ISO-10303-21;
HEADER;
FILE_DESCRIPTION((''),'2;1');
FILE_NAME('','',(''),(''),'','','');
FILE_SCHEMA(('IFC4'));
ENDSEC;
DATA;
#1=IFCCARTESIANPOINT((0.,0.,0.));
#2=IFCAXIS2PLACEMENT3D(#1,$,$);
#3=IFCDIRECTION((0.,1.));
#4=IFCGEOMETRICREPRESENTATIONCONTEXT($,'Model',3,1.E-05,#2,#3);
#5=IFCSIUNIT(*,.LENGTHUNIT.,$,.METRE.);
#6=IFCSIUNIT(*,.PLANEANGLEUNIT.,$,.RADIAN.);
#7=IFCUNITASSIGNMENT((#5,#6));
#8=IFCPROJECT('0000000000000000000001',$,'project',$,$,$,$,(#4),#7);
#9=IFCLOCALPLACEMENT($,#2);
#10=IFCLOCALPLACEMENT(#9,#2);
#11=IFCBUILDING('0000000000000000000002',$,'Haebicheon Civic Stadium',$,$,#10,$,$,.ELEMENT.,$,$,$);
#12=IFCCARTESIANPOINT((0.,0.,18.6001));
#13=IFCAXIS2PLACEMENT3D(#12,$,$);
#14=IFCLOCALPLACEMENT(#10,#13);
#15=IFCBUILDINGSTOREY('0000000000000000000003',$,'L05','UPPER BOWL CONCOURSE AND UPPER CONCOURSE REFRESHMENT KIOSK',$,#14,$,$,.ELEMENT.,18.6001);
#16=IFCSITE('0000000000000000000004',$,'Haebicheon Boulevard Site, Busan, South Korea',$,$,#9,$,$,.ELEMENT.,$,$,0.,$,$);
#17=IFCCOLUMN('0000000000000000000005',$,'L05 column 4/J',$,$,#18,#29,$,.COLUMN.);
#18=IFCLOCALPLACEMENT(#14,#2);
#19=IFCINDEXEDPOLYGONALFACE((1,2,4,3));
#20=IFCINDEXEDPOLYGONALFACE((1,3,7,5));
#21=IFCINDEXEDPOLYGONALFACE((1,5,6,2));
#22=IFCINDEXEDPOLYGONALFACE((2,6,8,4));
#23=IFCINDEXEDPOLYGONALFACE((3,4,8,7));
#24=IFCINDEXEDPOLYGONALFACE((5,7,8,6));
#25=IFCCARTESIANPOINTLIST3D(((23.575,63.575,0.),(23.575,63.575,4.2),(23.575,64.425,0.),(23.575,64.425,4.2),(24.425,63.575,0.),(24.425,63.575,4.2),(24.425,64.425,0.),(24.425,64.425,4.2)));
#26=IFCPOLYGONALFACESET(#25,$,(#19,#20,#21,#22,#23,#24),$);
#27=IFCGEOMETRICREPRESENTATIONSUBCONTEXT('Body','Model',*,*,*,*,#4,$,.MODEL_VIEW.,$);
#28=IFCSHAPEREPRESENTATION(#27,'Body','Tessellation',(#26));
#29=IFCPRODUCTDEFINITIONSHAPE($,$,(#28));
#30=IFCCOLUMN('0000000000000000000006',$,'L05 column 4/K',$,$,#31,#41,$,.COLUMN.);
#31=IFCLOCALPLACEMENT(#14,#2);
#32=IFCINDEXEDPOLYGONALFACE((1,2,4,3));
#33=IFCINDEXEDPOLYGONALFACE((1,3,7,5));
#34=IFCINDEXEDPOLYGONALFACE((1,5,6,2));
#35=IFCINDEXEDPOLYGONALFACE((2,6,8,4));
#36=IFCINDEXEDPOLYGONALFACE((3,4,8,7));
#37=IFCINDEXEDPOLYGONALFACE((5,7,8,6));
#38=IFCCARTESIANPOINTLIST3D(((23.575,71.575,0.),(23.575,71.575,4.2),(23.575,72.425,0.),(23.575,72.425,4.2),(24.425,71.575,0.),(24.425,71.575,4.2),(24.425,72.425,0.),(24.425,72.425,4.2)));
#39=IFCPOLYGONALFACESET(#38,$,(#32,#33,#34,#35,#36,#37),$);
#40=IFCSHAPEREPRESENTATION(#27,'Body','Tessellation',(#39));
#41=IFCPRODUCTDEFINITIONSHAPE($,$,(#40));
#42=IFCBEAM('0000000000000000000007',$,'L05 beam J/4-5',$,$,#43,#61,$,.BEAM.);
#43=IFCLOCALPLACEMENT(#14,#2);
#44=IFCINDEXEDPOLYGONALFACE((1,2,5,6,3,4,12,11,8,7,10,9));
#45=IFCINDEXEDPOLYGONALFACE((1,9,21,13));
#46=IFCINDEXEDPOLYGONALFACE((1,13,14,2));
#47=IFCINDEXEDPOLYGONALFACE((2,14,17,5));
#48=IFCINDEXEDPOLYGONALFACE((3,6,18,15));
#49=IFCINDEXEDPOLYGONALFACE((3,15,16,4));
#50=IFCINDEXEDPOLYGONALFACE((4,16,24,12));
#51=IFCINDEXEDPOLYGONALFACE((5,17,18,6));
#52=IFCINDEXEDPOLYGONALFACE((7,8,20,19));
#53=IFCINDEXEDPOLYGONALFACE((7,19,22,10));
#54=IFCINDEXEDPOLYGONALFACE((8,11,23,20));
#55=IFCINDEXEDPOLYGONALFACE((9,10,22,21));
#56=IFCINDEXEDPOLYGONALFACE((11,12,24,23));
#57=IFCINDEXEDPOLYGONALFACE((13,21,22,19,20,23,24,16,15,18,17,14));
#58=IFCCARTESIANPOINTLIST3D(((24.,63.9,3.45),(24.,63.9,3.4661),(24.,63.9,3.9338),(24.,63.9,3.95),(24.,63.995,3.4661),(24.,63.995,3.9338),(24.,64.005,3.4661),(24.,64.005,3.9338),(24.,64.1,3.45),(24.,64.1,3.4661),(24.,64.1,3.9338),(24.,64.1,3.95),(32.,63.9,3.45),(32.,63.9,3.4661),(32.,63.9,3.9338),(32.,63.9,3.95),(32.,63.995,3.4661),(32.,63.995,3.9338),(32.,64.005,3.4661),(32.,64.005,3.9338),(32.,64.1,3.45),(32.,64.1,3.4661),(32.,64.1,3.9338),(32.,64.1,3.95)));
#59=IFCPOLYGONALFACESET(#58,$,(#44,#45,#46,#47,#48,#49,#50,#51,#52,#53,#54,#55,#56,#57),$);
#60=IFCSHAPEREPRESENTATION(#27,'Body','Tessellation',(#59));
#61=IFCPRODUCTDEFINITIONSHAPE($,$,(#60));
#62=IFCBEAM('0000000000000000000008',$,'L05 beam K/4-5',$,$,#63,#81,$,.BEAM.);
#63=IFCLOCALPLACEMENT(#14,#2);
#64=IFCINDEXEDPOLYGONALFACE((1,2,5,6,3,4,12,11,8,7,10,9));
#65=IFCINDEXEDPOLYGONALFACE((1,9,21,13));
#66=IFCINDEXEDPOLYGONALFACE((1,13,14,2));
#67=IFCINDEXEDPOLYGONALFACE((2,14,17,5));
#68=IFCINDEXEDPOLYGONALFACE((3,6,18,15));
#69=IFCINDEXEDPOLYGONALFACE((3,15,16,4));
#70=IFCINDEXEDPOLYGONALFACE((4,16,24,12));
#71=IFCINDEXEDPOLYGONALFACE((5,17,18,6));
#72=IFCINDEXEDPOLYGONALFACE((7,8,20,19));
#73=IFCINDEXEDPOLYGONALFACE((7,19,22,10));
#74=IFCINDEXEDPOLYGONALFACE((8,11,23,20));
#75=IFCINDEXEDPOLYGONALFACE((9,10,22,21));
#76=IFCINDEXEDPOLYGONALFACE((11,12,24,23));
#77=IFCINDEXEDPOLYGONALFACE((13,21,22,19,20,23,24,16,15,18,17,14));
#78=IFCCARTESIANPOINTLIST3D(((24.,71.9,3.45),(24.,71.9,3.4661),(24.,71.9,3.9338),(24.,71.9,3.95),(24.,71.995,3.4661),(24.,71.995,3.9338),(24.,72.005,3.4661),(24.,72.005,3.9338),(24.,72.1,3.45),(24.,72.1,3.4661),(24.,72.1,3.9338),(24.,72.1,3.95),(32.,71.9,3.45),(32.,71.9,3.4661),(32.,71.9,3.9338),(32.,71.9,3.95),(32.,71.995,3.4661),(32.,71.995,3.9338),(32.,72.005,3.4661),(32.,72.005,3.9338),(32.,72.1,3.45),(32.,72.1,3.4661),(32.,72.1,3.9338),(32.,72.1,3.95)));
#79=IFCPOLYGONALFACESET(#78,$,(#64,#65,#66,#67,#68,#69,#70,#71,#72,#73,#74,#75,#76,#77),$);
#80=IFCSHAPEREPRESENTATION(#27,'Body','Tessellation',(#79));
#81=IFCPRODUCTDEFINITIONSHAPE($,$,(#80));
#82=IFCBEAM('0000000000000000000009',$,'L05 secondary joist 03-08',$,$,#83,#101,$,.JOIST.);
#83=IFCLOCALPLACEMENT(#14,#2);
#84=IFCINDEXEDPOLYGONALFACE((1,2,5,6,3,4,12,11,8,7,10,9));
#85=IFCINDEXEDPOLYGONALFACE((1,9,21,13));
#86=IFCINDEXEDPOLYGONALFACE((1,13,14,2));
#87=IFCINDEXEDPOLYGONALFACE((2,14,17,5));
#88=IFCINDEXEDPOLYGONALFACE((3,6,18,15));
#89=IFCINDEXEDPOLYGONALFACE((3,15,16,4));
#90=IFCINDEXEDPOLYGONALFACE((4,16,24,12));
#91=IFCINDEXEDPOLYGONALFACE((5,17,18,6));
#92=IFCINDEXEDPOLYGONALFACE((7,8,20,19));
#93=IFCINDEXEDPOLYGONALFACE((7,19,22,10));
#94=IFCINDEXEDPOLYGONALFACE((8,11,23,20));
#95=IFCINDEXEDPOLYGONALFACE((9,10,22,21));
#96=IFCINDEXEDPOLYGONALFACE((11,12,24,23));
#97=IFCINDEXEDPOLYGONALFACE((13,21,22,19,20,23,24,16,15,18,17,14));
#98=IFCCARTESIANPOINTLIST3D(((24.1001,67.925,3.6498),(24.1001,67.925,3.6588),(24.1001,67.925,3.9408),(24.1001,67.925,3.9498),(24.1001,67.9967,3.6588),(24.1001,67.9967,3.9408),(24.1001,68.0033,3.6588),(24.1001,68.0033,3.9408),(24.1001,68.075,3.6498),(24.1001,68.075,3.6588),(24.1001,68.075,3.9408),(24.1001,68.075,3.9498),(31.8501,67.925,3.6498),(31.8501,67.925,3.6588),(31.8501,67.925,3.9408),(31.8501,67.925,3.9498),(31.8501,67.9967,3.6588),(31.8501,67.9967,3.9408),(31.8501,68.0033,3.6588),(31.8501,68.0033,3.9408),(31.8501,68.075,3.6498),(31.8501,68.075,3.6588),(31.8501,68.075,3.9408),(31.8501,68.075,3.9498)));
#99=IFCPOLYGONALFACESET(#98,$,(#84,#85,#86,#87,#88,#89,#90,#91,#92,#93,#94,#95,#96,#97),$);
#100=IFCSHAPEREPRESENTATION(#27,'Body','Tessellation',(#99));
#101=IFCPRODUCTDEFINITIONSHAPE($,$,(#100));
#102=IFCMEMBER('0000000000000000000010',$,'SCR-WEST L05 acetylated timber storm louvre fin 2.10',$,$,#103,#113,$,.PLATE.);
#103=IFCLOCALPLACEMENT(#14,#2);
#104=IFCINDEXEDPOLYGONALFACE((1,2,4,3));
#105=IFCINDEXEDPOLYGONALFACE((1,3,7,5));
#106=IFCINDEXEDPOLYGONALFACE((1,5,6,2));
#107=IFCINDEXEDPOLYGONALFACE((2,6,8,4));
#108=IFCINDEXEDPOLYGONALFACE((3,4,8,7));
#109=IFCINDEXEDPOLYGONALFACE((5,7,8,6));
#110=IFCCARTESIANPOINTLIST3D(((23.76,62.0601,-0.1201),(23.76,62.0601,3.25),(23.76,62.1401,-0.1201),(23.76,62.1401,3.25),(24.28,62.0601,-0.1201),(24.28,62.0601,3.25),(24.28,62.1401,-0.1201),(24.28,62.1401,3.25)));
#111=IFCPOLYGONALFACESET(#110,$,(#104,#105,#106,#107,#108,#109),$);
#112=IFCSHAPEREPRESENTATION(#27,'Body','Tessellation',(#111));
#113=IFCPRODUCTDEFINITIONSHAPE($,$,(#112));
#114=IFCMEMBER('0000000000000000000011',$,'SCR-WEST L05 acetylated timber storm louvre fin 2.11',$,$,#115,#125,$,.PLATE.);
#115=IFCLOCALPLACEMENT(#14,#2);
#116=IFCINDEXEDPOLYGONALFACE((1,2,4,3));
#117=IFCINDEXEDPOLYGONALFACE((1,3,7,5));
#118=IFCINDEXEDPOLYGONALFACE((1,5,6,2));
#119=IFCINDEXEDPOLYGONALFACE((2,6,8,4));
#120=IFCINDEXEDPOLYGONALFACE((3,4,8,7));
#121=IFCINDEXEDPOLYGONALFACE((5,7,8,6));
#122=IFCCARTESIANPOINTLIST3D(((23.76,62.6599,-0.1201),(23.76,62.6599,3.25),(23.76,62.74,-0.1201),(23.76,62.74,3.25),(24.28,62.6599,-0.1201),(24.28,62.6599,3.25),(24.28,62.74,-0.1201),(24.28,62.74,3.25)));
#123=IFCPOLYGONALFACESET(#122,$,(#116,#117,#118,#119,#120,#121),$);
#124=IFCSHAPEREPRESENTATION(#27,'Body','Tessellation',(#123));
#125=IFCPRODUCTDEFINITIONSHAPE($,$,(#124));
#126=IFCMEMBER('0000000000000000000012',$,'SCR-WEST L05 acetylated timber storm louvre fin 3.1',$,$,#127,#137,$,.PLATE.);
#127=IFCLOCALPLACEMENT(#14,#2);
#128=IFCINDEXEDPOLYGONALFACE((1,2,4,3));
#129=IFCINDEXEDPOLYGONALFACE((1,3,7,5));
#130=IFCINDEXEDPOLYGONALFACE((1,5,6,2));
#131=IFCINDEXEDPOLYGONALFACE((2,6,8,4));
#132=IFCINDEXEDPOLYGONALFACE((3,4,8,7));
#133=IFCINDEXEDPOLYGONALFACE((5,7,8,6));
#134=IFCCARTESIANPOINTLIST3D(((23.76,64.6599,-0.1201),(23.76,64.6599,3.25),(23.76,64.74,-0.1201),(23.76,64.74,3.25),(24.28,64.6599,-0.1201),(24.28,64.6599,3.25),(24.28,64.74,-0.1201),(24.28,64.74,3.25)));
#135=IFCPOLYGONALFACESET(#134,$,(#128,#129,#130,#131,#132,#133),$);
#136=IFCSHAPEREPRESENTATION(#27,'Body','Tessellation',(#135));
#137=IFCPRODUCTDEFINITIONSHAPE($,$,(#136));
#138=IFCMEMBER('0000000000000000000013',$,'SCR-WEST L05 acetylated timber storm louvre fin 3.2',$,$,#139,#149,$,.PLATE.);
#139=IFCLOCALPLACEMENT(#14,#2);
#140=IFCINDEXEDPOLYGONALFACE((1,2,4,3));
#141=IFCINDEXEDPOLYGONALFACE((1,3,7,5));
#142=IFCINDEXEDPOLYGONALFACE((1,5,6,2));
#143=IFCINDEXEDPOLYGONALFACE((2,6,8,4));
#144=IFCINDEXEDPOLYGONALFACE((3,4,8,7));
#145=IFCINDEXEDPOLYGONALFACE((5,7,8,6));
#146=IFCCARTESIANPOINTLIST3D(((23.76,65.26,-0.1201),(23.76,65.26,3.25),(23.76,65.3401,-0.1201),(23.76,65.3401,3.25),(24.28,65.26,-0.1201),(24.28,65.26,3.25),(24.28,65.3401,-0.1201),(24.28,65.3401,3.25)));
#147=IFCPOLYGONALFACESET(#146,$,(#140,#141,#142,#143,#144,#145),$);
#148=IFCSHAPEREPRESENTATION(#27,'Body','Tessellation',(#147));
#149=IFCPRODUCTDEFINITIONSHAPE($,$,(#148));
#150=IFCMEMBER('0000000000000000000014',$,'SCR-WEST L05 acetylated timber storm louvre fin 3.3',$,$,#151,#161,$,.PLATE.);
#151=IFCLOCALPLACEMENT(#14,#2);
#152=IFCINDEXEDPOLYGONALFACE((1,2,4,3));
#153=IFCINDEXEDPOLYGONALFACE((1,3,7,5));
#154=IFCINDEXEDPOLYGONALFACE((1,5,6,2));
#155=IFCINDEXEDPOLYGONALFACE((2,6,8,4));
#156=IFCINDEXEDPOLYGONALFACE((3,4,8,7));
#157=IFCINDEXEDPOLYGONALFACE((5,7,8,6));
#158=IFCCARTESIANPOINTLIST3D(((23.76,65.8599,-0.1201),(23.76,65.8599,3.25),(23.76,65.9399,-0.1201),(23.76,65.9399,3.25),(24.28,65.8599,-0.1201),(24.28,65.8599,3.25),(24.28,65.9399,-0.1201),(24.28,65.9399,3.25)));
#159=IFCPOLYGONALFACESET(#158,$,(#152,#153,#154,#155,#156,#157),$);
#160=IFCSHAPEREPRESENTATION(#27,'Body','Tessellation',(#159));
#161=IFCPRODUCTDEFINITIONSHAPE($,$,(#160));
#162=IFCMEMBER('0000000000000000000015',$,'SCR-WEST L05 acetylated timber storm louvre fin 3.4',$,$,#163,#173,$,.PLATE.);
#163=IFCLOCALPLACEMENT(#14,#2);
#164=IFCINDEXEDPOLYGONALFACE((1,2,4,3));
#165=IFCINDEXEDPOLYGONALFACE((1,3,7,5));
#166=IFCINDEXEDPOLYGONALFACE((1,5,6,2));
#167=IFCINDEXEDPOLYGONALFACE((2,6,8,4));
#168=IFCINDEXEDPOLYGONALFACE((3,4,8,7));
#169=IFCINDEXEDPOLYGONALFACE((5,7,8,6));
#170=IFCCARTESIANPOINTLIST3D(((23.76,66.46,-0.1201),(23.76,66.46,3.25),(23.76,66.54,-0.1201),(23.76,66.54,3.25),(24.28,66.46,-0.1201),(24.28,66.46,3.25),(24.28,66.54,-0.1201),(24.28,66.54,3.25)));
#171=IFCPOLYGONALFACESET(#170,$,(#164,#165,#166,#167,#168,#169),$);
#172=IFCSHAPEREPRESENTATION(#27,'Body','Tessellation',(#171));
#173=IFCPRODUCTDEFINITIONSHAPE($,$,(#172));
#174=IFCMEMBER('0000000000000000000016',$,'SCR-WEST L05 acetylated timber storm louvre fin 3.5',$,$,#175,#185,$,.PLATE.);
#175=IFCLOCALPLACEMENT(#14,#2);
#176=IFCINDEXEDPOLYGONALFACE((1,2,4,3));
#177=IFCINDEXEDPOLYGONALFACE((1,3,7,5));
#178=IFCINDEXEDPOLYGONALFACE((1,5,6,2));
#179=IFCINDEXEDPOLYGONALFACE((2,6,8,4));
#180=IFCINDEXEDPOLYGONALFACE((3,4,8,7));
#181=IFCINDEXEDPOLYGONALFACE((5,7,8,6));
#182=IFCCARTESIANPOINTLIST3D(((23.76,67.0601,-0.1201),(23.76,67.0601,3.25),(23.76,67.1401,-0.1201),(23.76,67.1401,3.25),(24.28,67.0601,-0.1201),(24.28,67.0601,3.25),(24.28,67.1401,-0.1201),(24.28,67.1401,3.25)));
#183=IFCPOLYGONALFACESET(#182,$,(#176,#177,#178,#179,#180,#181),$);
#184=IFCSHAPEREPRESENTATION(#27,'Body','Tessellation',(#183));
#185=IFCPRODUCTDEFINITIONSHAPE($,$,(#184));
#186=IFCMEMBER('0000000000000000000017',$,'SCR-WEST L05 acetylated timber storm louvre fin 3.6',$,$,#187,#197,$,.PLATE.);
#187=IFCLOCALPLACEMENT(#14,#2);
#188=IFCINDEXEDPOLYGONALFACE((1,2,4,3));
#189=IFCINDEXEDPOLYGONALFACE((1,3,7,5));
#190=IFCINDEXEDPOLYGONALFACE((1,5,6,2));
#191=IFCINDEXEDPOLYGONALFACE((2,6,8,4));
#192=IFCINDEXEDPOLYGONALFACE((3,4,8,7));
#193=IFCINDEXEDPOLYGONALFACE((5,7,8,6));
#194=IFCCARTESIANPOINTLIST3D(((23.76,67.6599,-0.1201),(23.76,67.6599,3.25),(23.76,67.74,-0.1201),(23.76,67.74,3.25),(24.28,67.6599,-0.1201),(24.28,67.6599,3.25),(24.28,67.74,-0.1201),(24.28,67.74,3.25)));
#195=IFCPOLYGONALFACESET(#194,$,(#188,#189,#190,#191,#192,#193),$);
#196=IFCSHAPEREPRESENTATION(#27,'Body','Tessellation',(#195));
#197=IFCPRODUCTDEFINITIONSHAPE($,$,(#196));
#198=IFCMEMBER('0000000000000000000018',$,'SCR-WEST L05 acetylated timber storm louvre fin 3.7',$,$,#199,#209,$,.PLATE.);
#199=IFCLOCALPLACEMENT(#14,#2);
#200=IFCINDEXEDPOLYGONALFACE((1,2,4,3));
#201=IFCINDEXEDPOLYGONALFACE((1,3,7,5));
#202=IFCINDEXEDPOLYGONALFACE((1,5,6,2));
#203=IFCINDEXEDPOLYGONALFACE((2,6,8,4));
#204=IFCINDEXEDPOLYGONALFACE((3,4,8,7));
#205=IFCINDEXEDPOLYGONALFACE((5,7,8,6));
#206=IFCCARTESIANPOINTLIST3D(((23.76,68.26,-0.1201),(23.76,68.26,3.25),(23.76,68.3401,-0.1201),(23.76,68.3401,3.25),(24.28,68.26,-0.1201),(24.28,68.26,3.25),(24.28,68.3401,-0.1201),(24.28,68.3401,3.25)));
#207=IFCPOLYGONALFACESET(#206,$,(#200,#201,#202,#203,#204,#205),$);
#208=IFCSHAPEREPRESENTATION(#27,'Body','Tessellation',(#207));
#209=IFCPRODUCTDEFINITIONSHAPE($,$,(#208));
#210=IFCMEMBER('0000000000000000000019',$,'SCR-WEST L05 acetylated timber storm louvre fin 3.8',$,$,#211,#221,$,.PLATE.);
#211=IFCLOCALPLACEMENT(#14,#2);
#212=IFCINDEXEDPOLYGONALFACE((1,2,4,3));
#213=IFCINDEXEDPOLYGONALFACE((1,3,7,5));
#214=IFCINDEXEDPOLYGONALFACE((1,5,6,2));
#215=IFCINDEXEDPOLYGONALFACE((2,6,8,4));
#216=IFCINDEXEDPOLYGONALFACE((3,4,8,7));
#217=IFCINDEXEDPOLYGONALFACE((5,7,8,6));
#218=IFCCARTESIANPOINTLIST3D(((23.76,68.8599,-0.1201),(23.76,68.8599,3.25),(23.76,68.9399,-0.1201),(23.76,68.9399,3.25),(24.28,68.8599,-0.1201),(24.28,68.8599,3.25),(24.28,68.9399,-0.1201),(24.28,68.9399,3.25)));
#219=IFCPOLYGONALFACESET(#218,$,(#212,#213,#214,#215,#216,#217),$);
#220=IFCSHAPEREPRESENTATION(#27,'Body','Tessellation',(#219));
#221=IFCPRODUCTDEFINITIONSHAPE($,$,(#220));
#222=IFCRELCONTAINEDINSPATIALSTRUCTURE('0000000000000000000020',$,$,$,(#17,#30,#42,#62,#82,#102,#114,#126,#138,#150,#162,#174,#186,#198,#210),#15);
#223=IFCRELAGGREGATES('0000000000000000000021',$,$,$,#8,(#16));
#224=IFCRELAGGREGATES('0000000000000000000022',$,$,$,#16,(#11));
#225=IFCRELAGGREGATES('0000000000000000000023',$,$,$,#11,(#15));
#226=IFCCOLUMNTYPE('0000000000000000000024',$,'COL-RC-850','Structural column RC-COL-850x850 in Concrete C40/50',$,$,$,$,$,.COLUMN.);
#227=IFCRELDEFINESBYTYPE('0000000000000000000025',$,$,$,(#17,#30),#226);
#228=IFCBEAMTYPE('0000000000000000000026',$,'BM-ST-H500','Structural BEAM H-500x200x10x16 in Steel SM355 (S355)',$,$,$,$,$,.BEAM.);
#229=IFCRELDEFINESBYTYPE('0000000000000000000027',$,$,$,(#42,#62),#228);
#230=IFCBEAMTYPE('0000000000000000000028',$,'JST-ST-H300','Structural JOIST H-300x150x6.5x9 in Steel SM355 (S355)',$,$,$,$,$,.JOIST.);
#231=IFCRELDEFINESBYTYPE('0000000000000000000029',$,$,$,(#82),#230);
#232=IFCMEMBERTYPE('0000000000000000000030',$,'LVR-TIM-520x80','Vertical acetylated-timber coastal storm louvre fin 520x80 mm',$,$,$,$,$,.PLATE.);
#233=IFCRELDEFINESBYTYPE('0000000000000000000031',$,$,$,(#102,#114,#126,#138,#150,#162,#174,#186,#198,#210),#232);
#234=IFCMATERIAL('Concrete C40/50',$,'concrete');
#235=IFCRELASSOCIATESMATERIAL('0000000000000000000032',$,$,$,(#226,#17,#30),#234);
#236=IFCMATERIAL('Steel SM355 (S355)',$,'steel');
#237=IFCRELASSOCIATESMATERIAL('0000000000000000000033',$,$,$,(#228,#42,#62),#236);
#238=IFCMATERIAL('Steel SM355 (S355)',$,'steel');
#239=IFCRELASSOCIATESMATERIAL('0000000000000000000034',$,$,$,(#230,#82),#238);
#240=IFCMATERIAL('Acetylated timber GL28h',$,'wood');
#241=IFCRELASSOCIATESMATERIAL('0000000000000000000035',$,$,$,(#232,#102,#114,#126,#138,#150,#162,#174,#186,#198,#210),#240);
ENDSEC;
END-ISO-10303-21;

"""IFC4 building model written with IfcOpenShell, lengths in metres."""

from ifc_helpers import new_model, si_unit, direction, frame, origin, origin_2d, place, context, subcontext, project, spatial, rectangle, i_section, extrude, material, material_profile, profile_set, type_object, element, save


model = new_model("IFC4")

# Units and contexts
model_context = context("Model", 3, precision=1e-05, world=origin(), true_north=direction((0.0, 1.0)))
body_context = subcontext(model_context, "Body", "Model", "MODEL_VIEW")
ifc_project = project(units=[si_unit("LENGTHUNIT", "METRE"), si_unit("PLANEANGLEUNIT", "RADIAN")], contexts=[model_context])

# Site, building, storey
site_placement = place(None, origin())
site = spatial("IfcSite", under=ifc_project, at=site_placement, Name="Haebicheon Boulevard Site, Busan, South Korea", CompositionType="ELEMENT", RefElevation=0.0)
building_placement = place(site_placement, origin())
building = spatial("IfcBuilding", under=site, at=building_placement, Name="Haebicheon Civic Stadium", CompositionType="ELEMENT")
storey_placement = place(building_placement, frame((0.0, 0.0, 18.6001)))
storey = spatial("IfcBuildingStorey", under=building, at=storey_placement, Name="L05", Description="UPPER BOWL CONCOURSE AND UPPER CONCOURSE REFRESHMENT KIOSK", CompositionType="ELEMENT", Elevation=18.6001)

# Columns
ifc_material_1 = material(Name="Concrete C40/50", Category="concrete")
ifc_material_profile_1 = material_profile(ifc_material_1, rectangle(XDim=0.8501, YDim=0.8501, at=origin_2d()), Name="RC-COL-850x850")
ifc_profile_set_1 = profile_set([ifc_material_profile_1], Name="Concrete C40/50")
column_type = type_object("IfcColumnType", Name="COL-RC-850", Description="Structural column RC-COL-850x850 in Concrete C40/50", PredefinedType="COLUMN", material=ifc_profile_set_1)
for number, where, z_axis, x_axis, name in (
    (1, (24.0, 64.0, 0.0), (0.0, 0.0, 1.0), (1.0, 0.0, 0.0), "L05 column 4/J"),
    (2, (24.0, 72.0, 0.0), (0.0, 0.0, 1.0), (1.0, 0.0, 0.0), "L05 column 4/K"),
):
    element("IfcColumn", number, at=place(storey_placement, frame(where, z_axis=z_axis, x_axis=x_axis)), inside=storey, type_object=column_type, material=ifc_profile_set_1, Name=name, PredefinedType="COLUMN", context=body_context, shape_type="SweptSolid", body=[
        extrude(rectangle(XDim=0.8501, YDim=0.8501, at=origin_2d()), origin(), (0.0, 0.0, 1.0), 4.2),
    ])

# Beams
ifc_material_2 = material(Name="Steel SM355 (S355)", Category="steel")
ifc_material_profile_2 = material_profile(ifc_material_2, i_section(OverallWidth=0.2, OverallDepth=0.5, WebThickness=0.01, FlangeThickness=0.0161, at=origin_2d()), Name="H-500x200x10x16")
ifc_profile_set_2 = profile_set([ifc_material_profile_2], Name="Steel SM355 (S355)")
beam_type_1 = type_object("IfcBeamType", Name="BM-ST-H500", Description="Structural BEAM H-500x200x10x16 in Steel SM355 (S355)", PredefinedType="BEAM", material=ifc_profile_set_2)
for number, where, z_axis, x_axis, name in (
    (3, (24.0, 64.0, 3.7), (1.0, 0.0, 0.0), (0.0, 1.0, 0.0), "L05 beam J/4-5"),
    (4, (24.0, 72.0, 3.7), (1.0, 0.0, 0.0), (0.0, 1.0, 0.0), "L05 beam K/4-5"),
):
    element("IfcBeam", number, at=place(storey_placement, frame(where, z_axis=z_axis, x_axis=x_axis)), inside=storey, type_object=beam_type_1, material=ifc_profile_set_2, Name=name, PredefinedType="BEAM", context=body_context, shape_type="SweptSolid", body=[
        extrude(i_section(OverallWidth=0.2, OverallDepth=0.5, WebThickness=0.01, FlangeThickness=0.0161, at=origin_2d()), origin(), (0.0, 0.0, 1.0), 8.0),
    ])
ifc_material_3 = material(Name="Steel SM355 (S355)", Category="steel")
ifc_material_profile_3 = material_profile(ifc_material_3, i_section(OverallWidth=0.1499, OverallDepth=0.3, WebThickness=0.0066, FlangeThickness=0.009, at=origin_2d()), Name="H-300x150x6.5x9")
ifc_profile_set_3 = profile_set([ifc_material_profile_3], Name="Steel SM355 (S355)")
beam_type_2 = type_object("IfcBeamType", Name="JST-ST-H300", Description="Structural JOIST H-300x150x6.5x9 in Steel SM355 (S355)", PredefinedType="JOIST", material=ifc_profile_set_3)
beam_placement = place(storey_placement, frame((24.1001, 68.0, 3.7998), z_axis=(1.0, 0.0, 0.0), x_axis=(0.0, 1.0, 0.0)))
element("IfcBeam", 5, at=beam_placement, inside=storey, type_object=beam_type_2, material=ifc_profile_set_3, Name="L05 secondary joist 03-08", PredefinedType="JOIST", context=body_context, shape_type="SweptSolid", body=[
    extrude(i_section(OverallWidth=0.1499, OverallDepth=0.3, WebThickness=0.0066, FlangeThickness=0.009, at=origin_2d()), origin(), (0.0, 0.0, 1.0), 7.75),
])

# Members
ifc_material_4 = material(Name="Acetylated timber GL28h", Category="wood")
ifc_material_profile_4 = material_profile(ifc_material_4, rectangle(XDim=0.0801, YDim=0.52, at=origin_2d()), Name="TMB-LOUV-80x520")
ifc_profile_set_4 = profile_set([ifc_material_profile_4], Name="Acetylated timber GL28h")
member_type_1 = type_object("IfcMemberType", Name="LVR-TIM-520x80", Description="Vertical acetylated-timber coastal storm louvre fin 520x80 mm", PredefinedType="PLATE", material=ifc_profile_set_4)
for number, where, z_axis, x_axis, name in (
    (6, (24.02, 62.1001, -0.1201), (0.0, 0.0, 1.0), (0.0, 1.0, 0.0), "SCR-WEST L05 acetylated timber storm louvre fin 2.10"),
    (7, (24.02, 62.7, -0.1201), (0.0, 0.0, 1.0), (0.0, 1.0, 0.0), "SCR-WEST L05 acetylated timber storm louvre fin 2.11"),
    (8, (24.02, 64.7, -0.1201), (0.0, 0.0, 1.0), (0.0, 1.0, 0.0), "SCR-WEST L05 acetylated timber storm louvre fin 3.1"),
    (9, (24.02, 65.3, -0.1201), (0.0, 0.0, 1.0), (0.0, 1.0, 0.0), "SCR-WEST L05 acetylated timber storm louvre fin 3.2"),
    (10, (24.02, 65.8999, -0.1201), (0.0, 0.0, 1.0), (0.0, 1.0, 0.0), "SCR-WEST L05 acetylated timber storm louvre fin 3.3"),
    (11, (24.02, 66.5, -0.1201), (0.0, 0.0, 1.0), (0.0, 1.0, 0.0), "SCR-WEST L05 acetylated timber storm louvre fin 3.4"),
    (12, (24.02, 67.1001, -0.1201), (0.0, 0.0, 1.0), (0.0, 1.0, 0.0), "SCR-WEST L05 acetylated timber storm louvre fin 3.5"),
    (13, (24.02, 67.7, -0.1201), (0.0, 0.0, 1.0), (0.0, 1.0, 0.0), "SCR-WEST L05 acetylated timber storm louvre fin 3.6"),
    (14, (24.02, 68.3, -0.1201), (0.0, 0.0, 1.0), (0.0, 1.0, 0.0), "SCR-WEST L05 acetylated timber storm louvre fin 3.7"),
    (15, (24.02, 68.8999, -0.1201), (0.0, 0.0, 1.0), (0.0, 1.0, 0.0), "SCR-WEST L05 acetylated timber storm louvre fin 3.8"),
):
    element("IfcMember", number, at=place(storey_placement, frame(where, z_axis=z_axis, x_axis=x_axis)), inside=storey, type_object=member_type_1, material=ifc_profile_set_4, Name=name, PredefinedType="PLATE", context=body_context, shape_type="SweptSolid", body=[
        extrude(rectangle(XDim=0.0801, YDim=0.52, at=origin_2d()), origin(), (0.0, 0.0, 1.0), 3.3701),
    ])

save(model, "model.ifc")
